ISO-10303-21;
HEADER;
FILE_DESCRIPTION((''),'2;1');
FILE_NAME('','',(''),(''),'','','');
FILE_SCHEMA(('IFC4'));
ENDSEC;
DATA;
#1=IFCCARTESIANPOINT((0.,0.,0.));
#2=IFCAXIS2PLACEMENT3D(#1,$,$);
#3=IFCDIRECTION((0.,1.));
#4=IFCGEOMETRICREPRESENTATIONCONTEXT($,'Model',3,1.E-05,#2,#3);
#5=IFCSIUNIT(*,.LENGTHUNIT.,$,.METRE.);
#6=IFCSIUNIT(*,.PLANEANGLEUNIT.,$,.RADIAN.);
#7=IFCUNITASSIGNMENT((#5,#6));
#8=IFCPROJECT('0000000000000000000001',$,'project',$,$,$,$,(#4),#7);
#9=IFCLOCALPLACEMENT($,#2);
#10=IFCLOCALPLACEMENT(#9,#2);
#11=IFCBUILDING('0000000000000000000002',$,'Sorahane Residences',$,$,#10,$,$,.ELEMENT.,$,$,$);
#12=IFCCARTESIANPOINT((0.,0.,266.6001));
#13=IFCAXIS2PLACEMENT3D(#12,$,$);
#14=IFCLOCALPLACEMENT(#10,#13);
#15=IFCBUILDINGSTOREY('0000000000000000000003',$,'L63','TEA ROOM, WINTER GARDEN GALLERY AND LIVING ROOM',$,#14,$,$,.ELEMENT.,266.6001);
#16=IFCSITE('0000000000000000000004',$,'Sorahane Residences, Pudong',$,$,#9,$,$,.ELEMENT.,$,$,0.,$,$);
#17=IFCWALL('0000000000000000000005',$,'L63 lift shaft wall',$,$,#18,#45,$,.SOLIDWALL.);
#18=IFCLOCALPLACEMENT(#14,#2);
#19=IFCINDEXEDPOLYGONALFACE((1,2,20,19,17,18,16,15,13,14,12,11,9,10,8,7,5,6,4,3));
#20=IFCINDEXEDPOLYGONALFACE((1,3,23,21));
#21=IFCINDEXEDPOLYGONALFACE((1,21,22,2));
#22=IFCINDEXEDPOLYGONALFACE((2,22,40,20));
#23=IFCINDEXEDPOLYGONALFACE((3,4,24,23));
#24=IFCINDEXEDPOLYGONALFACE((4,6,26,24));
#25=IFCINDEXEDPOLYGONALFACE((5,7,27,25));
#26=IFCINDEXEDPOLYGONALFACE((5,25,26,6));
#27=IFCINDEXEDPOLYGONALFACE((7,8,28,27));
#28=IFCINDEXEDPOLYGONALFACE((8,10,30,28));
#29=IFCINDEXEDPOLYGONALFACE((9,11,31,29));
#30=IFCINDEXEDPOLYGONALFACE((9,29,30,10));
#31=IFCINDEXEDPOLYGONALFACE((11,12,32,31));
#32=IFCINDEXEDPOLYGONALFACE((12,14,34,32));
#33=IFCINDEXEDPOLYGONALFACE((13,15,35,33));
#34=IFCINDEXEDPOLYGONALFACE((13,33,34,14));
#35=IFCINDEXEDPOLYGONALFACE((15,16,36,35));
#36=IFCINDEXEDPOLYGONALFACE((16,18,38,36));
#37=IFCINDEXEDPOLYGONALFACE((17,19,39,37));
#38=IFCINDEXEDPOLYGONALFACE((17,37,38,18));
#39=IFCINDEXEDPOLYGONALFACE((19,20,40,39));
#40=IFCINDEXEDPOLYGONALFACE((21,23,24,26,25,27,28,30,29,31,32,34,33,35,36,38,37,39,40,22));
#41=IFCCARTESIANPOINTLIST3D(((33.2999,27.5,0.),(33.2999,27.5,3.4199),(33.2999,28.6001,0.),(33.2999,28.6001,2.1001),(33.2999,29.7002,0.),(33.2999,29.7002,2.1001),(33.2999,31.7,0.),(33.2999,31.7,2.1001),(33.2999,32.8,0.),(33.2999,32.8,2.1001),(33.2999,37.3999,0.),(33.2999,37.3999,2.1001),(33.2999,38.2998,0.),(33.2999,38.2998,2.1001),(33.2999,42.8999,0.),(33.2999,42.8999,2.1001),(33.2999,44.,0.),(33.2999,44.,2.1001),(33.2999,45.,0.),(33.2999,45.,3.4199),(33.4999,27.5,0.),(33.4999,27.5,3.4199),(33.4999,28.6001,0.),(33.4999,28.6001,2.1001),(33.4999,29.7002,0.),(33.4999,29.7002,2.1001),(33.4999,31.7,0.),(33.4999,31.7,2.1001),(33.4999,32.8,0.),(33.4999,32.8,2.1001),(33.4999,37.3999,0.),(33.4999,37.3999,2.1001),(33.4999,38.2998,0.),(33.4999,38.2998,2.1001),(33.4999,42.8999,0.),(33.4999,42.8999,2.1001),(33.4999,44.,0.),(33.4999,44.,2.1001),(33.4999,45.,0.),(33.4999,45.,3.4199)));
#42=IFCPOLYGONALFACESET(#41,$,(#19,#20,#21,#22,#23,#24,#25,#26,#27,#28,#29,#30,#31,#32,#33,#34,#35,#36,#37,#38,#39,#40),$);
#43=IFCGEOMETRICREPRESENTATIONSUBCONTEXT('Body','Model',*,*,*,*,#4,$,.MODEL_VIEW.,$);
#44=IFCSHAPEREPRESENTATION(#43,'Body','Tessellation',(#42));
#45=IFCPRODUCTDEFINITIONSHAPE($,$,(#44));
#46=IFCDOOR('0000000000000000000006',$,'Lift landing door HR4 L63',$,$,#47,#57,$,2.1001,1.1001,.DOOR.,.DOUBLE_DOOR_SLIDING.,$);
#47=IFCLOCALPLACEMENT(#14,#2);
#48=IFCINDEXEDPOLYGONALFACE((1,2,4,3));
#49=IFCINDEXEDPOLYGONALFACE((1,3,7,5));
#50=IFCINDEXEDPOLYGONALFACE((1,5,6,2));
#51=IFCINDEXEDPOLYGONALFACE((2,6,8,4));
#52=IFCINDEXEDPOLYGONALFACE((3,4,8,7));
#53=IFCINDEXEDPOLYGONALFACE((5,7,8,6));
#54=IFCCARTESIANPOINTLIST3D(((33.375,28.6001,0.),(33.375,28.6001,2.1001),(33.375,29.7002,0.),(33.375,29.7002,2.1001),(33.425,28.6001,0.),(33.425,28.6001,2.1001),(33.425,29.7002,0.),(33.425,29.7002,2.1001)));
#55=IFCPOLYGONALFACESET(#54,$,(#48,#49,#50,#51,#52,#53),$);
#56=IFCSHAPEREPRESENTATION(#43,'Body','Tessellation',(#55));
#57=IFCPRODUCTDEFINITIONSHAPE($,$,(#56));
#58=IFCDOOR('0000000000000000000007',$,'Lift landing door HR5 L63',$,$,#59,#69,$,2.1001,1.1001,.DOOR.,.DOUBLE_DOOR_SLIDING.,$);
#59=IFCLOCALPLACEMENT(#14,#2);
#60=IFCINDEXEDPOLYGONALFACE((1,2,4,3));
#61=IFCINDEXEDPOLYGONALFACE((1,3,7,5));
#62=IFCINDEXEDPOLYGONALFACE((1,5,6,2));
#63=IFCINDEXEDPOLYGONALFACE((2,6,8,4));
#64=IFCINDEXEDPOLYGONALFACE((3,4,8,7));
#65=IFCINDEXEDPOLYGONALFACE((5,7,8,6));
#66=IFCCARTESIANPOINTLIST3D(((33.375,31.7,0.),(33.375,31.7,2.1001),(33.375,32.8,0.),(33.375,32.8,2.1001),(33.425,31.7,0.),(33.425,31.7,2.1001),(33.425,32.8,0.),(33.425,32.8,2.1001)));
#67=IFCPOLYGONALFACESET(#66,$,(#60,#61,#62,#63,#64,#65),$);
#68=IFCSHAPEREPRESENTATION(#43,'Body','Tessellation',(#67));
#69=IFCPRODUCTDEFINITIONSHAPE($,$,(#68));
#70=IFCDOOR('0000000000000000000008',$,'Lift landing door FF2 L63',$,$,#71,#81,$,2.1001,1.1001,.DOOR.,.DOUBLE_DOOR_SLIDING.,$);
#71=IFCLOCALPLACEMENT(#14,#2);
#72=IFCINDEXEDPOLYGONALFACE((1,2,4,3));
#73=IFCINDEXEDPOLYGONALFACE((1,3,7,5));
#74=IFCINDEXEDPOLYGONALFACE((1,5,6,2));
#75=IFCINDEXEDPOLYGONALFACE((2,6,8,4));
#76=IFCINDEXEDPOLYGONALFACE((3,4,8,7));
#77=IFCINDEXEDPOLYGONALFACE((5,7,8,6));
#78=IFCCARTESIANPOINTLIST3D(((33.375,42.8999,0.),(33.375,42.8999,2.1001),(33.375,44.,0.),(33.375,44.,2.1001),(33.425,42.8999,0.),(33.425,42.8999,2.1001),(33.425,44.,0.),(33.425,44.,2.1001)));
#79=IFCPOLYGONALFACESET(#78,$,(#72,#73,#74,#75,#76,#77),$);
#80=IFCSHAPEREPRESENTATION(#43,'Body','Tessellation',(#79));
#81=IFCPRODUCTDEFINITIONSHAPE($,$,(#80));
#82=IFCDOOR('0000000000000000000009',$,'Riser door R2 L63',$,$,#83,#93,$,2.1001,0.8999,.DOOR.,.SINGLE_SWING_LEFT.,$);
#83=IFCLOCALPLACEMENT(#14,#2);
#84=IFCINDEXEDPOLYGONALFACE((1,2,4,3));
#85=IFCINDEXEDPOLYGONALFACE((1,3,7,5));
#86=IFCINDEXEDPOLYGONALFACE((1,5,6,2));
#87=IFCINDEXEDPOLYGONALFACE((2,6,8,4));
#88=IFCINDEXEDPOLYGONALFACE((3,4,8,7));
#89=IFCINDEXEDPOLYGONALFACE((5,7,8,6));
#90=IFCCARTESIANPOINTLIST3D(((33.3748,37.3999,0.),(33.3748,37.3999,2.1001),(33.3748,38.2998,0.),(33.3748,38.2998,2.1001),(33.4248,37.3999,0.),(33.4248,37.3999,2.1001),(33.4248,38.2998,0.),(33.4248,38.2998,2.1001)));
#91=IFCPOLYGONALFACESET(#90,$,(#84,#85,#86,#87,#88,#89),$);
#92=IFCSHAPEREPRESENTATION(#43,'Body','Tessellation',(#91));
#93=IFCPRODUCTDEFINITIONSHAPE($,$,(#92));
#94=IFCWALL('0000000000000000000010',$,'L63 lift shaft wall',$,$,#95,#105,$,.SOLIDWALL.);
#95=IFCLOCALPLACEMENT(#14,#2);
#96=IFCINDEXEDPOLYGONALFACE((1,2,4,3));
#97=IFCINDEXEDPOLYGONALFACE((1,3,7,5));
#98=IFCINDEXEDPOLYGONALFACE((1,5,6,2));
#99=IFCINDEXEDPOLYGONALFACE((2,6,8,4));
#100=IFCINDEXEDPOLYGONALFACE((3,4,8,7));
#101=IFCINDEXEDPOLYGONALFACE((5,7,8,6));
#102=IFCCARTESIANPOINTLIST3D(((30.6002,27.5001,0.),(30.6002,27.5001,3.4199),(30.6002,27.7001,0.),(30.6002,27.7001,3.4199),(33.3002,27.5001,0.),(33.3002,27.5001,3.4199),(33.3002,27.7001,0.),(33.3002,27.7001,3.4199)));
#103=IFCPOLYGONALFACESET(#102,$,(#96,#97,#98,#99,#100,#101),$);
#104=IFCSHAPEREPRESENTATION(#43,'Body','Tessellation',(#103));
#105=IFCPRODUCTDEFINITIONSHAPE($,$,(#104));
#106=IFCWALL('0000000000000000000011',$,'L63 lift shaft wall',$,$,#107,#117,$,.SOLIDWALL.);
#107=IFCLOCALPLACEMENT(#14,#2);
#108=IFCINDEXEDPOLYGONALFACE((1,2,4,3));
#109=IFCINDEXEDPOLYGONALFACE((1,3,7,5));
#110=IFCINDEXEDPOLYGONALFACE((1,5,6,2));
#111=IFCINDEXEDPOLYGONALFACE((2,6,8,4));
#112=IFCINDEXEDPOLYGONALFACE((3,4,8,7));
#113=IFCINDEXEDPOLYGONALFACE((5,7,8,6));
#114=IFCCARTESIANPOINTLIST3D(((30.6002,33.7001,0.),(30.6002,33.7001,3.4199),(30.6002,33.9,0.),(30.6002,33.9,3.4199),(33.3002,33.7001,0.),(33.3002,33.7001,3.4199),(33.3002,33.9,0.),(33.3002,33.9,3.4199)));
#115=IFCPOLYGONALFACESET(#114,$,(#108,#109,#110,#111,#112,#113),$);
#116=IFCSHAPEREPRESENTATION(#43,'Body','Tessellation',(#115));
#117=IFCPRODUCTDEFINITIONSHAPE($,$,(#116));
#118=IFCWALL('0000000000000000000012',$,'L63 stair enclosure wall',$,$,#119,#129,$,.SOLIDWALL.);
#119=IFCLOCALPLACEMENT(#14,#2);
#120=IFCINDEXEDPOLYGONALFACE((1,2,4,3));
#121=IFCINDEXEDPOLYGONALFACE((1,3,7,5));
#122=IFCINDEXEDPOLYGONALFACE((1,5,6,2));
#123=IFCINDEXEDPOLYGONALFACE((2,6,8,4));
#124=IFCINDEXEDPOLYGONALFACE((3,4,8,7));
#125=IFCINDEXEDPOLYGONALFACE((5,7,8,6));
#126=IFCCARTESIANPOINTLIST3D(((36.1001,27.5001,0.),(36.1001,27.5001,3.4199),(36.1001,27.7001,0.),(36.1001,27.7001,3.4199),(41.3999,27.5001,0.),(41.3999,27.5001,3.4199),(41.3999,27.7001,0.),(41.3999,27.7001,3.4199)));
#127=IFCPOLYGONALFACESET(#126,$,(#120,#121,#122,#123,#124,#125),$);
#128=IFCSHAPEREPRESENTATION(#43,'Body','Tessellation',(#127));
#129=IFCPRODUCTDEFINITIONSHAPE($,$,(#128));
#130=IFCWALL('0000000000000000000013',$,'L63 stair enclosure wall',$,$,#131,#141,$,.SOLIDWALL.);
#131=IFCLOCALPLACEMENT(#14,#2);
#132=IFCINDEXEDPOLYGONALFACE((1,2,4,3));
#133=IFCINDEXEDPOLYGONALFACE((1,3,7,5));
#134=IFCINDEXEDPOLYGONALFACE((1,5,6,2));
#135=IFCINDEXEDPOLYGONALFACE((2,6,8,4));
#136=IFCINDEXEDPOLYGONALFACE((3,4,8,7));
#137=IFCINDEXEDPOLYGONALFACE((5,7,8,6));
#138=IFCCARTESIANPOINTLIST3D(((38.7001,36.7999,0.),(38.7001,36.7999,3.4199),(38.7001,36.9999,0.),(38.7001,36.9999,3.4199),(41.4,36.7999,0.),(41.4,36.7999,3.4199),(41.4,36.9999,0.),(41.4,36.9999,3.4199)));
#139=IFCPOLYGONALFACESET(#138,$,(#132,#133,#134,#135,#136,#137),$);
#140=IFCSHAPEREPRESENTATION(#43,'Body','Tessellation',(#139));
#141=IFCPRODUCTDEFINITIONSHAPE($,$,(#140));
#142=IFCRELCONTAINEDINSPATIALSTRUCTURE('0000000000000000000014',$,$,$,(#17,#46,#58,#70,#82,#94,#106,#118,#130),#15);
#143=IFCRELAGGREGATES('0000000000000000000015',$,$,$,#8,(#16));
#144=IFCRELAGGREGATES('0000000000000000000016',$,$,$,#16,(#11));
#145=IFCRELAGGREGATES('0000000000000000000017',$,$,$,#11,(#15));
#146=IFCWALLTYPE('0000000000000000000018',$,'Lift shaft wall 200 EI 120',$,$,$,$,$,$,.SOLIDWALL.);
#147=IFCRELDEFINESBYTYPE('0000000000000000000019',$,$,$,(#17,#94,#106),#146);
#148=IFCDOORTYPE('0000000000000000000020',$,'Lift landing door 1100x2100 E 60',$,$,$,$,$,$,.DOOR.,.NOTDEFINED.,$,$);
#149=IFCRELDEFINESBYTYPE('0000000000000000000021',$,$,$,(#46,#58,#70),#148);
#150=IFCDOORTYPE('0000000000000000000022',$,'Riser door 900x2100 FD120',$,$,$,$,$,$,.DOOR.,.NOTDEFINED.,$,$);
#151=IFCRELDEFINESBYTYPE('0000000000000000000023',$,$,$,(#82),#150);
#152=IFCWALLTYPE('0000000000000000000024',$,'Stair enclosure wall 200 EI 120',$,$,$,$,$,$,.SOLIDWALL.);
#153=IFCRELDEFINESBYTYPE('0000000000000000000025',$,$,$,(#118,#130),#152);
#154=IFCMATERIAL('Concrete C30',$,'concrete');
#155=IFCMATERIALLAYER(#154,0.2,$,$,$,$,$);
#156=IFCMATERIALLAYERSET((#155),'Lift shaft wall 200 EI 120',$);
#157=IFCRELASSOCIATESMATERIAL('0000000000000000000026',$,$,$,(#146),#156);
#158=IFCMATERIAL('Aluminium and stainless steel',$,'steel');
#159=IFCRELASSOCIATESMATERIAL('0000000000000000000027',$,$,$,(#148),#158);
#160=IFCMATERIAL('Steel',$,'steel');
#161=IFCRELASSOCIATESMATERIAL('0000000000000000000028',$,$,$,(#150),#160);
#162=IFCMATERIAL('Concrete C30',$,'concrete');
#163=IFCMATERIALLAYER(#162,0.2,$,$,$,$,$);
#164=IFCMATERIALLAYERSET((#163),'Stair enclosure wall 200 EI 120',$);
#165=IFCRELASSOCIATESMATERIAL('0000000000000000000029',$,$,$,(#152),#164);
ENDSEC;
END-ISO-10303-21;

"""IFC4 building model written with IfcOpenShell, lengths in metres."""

from ifc_helpers import new_model, si_unit, direction, frame, frame_2d, origin, place, context, subcontext, project, spatial, rectangle, extrude, material, layer, layer_set, type_object, element, fill, save


model = new_model("IFC4")

# Units and contexts
model_context = context("Model", 3, precision=1e-05, world=origin(), true_north=direction((0.0, 1.0)))
body_context = subcontext(model_context, "Body", "Model", "MODEL_VIEW")
ifc_project = project(units=[si_unit("LENGTHUNIT", "METRE"), si_unit("PLANEANGLEUNIT", "RADIAN")], contexts=[model_context])

# Site, building, storey
site_placement = place(None, origin())
site = spatial("IfcSite", under=ifc_project, at=site_placement, Name="Sorahane Residences, Pudong", CompositionType="ELEMENT", RefElevation=0.0)
building_placement = place(site_placement, origin())
building = spatial("IfcBuilding", under=site, at=building_placement, Name="Sorahane Residences", CompositionType="ELEMENT")
storey_placement = place(building_placement, frame((0.0, 0.0, 266.6001)))
storey = spatial("IfcBuildingStorey", under=building, at=storey_placement, Name="L63", Description="TEA ROOM, WINTER GARDEN GALLERY AND LIVING ROOM", CompositionType="ELEMENT", Elevation=266.6001)

# Wall, openings, doors
ifc_material_1 = material(Name="Concrete C30", Category="concrete")
ifc_layer_1 = layer(ifc_material_1, 0.2)
ifc_layer_set_1 = layer_set([ifc_layer_1], Name="Lift shaft wall 200 EI 120")
wall_type_1 = type_object("IfcWallType", Name="Lift shaft wall 200 EI 120", PredefinedType="SOLIDWALL", material=ifc_layer_set_1)
wall_1_placement = place(storey_placement, frame((33.3999, 27.5, 0.0), z_axis=(0.0, 0.0, 1.0), x_axis=(0.0, 1.0, 0.0)))
wall_1 = element("IfcWall", 1, at=wall_1_placement, inside=storey, type_object=wall_type_1, Name="L63 lift shaft wall", PredefinedType="SOLIDWALL", context=body_context, shape_type="SweptSolid", body=[
    extrude(rectangle(XDim=17.5, YDim=0.2, at=frame_2d((8.75, 0.0))), origin(), (0.0, 0.0, 1.0), 3.4199),
])
opening_1_placement = place(wall_1_placement, frame((1.1001, 0.0, 0.0)))
opening_1 = element("IfcOpeningElement", 2, at=opening_1_placement, cuts=wall_1, PredefinedType="OPENING", context=body_context, shape_type="SweptSolid", body=[
    extrude(rectangle(XDim=1.1001, YDim=2.1001, at=frame_2d((0.55, 1.05))), frame((0.0, 0.1099, 0.0), z_axis=(0.0, -1.0, 0.0), x_axis=(1.0, 0.0, 0.0)), (0.0, 0.0, 1.0), 0.22),
])
opening_2_placement = place(wall_1_placement, frame((4.2, 0.0, 0.0)))
opening_2 = element("IfcOpeningElement", 3, at=opening_2_placement, cuts=wall_1, PredefinedType="OPENING", context=body_context, shape_type="SweptSolid", body=[
    extrude(rectangle(XDim=1.1001, YDim=2.1001, at=frame_2d((0.55, 1.05))), frame((0.0, 0.1099, 0.0), z_axis=(0.0, -1.0, 0.0), x_axis=(1.0, 0.0, 0.0)), (0.0, 0.0, 1.0), 0.22),
])
opening_3_placement = place(wall_1_placement, frame((15.3999, 0.0, 0.0)))
opening_3 = element("IfcOpeningElement", 4, at=opening_3_placement, cuts=wall_1, PredefinedType="OPENING", context=body_context, shape_type="SweptSolid", body=[
    extrude(rectangle(XDim=1.1001, YDim=2.1001, at=frame_2d((0.55, 1.05))), frame((0.0, 0.1099, 0.0), z_axis=(0.0, -1.0, 0.0), x_axis=(1.0, 0.0, 0.0)), (0.0, 0.0, 1.0), 0.22),
])
opening_4_placement = place(wall_1_placement, frame((9.8999, 0.0, 0.0)))
opening_4 = element("IfcOpeningElement", 5, at=opening_4_placement, cuts=wall_1, PredefinedType="OPENING", context=body_context, shape_type="SweptSolid", body=[
    extrude(rectangle(XDim=0.8999, YDim=2.1001, at=frame_2d((0.45, 1.05))), frame((0.0, 0.1099, 0.0), z_axis=(0.0, -1.0, 0.0), x_axis=(1.0, 0.0, 0.0)), (0.0, 0.0, 1.0), 0.22),
])
ifc_material_2 = material(Name="Aluminium and stainless steel", Category="steel")
door_type_1 = type_object("IfcDoorType", Name="Lift landing door 1100x2100 E 60", OperationType="NOTDEFINED", PredefinedType="DOOR", material=ifc_material_2)
door_1_placement = place(opening_1_placement, origin())
door_1 = element("IfcDoor", 6, at=door_1_placement, inside=storey, type_object=door_type_1, Name="Lift landing door HR4 L63", OperationType="DOUBLE_DOOR_SLIDING", OverallHeight=2.1001, OverallWidth=1.1001, PredefinedType="DOOR", context=body_context, shape_type="SweptSolid", body=[
    extrude(rectangle(XDim=1.1001, YDim=2.1001, at=frame_2d((0.55, 1.05))), frame((0.0, 0.0249, 0.0), z_axis=(0.0, -1.0, 0.0), x_axis=(1.0, 0.0, 0.0)), (0.0, 0.0, 1.0), 0.05),
])
fill(opening_1, door_1)
door_2_placement = place(opening_2_placement, origin())
door_2 = element("IfcDoor", 7, at=door_2_placement, inside=storey, type_object=door_type_1, Name="Lift landing door HR5 L63", OperationType="DOUBLE_DOOR_SLIDING", OverallHeight=2.1001, OverallWidth=1.1001, PredefinedType="DOOR", context=body_context, shape_type="SweptSolid", body=[
    extrude(rectangle(XDim=1.1001, YDim=2.1001, at=frame_2d((0.55, 1.05))), frame((0.0, 0.0249, 0.0), z_axis=(0.0, -1.0, 0.0), x_axis=(1.0, 0.0, 0.0)), (0.0, 0.0, 1.0), 0.05),
])
fill(opening_2, door_2)
door_3_placement = place(opening_3_placement, origin())
door_3 = element("IfcDoor", 8, at=door_3_placement, inside=storey, type_object=door_type_1, Name="Lift landing door FF2 L63", OperationType="DOUBLE_DOOR_SLIDING", OverallHeight=2.1001, OverallWidth=1.1001, PredefinedType="DOOR", context=body_context, shape_type="SweptSolid", body=[
    extrude(rectangle(XDim=1.1001, YDim=2.1001, at=frame_2d((0.55, 1.05))), frame((0.0, 0.0249, 0.0), z_axis=(0.0, -1.0, 0.0), x_axis=(1.0, 0.0, 0.0)), (0.0, 0.0, 1.0), 0.05),
])
fill(opening_3, door_3)
ifc_material_3 = material(Name="Steel", Category="steel")
door_type_2 = type_object("IfcDoorType", Name="Riser door 900x2100 FD120", OperationType="NOTDEFINED", PredefinedType="DOOR", material=ifc_material_3)
door_4_placement = place(opening_4_placement, frame((0.8999, 0.0, 0.0), z_axis=(0.0, 0.0, 1.0), x_axis=(-1.0, 0.0, 0.0)))
door_4 = element("IfcDoor", 9, at=door_4_placement, inside=storey, type_object=door_type_2, Name="Riser door R2 L63", OperationType="SINGLE_SWING_LEFT", OverallHeight=2.1001, OverallWidth=0.8999, PredefinedType="DOOR", context=body_context, shape_type="SweptSolid", body=[
    extrude(rectangle(XDim=0.8999, YDim=2.1001, at=frame_2d((0.45, 1.05))), frame((0.0, 0.0249, 0.0), z_axis=(0.0, -1.0, 0.0), x_axis=(1.0, 0.0, 0.0)), (0.0, 0.0, 1.0), 0.05),
])
fill(opening_4, door_4)

# Walls
for number, where, z_axis, x_axis, name in (
    (10, (30.6001, 27.6001, 0.0), (0.0, 0.0, 1.0), (1.0, 0.0, 0.0), "L63 lift shaft wall"),
    (11, (30.6001, 33.8, 0.0), (0.0, 0.0, 1.0), (1.0, 0.0, 0.0), "L63 lift shaft wall"),
):
    element("IfcWall", number, at=place(storey_placement, frame(where, z_axis=z_axis, x_axis=x_axis)), inside=storey, type_object=wall_type_1, Name=name, PredefinedType="SOLIDWALL", context=body_context, shape_type="SweptSolid", body=[
        extrude(rectangle(XDim=2.7, YDim=0.2, at=frame_2d((1.3501, 0.0))), origin(), (0.0, 0.0, 1.0), 3.4199),
    ])
ifc_material_4 = material(Name="Concrete C30", Category="concrete")
ifc_layer_2 = layer(ifc_material_4, 0.2)
ifc_layer_set_2 = layer_set([ifc_layer_2], Name="Stair enclosure wall 200 EI 120")
wall_type_2 = type_object("IfcWallType", Name="Stair enclosure wall 200 EI 120", PredefinedType="SOLIDWALL", material=ifc_layer_set_2)
wall_2_placement = place(storey_placement, frame((36.1001, 27.6001, 0.0), z_axis=(0.0, 0.0, 1.0), x_axis=(1.0, 0.0, 0.0)))
element("IfcWall", 12, at=wall_2_placement, inside=storey, type_object=wall_type_2, Name="L63 stair enclosure wall", PredefinedType="SOLIDWALL", context=body_context, shape_type="SweptSolid", body=[
    extrude(rectangle(XDim=5.2998, YDim=0.2, at=frame_2d((2.6499, 0.0))), origin(), (0.0, 0.0, 1.0), 3.4199),
])
wall_3_placement = place(storey_placement, frame((38.7, 36.8999, 0.0), z_axis=(0.0, 0.0, 1.0), x_axis=(1.0, 0.0, 0.0)))
element("IfcWall", 13, at=wall_3_placement, inside=storey, type_object=wall_type_2, Name="L63 stair enclosure wall", PredefinedType="SOLIDWALL", context=body_context, shape_type="SweptSolid", body=[
    extrude(rectangle(XDim=2.7, YDim=0.2, at=frame_2d((1.3501, 0.0))), origin(), (0.0, 0.0, 1.0), 3.4199),
])

save(model, "model.ifc")
